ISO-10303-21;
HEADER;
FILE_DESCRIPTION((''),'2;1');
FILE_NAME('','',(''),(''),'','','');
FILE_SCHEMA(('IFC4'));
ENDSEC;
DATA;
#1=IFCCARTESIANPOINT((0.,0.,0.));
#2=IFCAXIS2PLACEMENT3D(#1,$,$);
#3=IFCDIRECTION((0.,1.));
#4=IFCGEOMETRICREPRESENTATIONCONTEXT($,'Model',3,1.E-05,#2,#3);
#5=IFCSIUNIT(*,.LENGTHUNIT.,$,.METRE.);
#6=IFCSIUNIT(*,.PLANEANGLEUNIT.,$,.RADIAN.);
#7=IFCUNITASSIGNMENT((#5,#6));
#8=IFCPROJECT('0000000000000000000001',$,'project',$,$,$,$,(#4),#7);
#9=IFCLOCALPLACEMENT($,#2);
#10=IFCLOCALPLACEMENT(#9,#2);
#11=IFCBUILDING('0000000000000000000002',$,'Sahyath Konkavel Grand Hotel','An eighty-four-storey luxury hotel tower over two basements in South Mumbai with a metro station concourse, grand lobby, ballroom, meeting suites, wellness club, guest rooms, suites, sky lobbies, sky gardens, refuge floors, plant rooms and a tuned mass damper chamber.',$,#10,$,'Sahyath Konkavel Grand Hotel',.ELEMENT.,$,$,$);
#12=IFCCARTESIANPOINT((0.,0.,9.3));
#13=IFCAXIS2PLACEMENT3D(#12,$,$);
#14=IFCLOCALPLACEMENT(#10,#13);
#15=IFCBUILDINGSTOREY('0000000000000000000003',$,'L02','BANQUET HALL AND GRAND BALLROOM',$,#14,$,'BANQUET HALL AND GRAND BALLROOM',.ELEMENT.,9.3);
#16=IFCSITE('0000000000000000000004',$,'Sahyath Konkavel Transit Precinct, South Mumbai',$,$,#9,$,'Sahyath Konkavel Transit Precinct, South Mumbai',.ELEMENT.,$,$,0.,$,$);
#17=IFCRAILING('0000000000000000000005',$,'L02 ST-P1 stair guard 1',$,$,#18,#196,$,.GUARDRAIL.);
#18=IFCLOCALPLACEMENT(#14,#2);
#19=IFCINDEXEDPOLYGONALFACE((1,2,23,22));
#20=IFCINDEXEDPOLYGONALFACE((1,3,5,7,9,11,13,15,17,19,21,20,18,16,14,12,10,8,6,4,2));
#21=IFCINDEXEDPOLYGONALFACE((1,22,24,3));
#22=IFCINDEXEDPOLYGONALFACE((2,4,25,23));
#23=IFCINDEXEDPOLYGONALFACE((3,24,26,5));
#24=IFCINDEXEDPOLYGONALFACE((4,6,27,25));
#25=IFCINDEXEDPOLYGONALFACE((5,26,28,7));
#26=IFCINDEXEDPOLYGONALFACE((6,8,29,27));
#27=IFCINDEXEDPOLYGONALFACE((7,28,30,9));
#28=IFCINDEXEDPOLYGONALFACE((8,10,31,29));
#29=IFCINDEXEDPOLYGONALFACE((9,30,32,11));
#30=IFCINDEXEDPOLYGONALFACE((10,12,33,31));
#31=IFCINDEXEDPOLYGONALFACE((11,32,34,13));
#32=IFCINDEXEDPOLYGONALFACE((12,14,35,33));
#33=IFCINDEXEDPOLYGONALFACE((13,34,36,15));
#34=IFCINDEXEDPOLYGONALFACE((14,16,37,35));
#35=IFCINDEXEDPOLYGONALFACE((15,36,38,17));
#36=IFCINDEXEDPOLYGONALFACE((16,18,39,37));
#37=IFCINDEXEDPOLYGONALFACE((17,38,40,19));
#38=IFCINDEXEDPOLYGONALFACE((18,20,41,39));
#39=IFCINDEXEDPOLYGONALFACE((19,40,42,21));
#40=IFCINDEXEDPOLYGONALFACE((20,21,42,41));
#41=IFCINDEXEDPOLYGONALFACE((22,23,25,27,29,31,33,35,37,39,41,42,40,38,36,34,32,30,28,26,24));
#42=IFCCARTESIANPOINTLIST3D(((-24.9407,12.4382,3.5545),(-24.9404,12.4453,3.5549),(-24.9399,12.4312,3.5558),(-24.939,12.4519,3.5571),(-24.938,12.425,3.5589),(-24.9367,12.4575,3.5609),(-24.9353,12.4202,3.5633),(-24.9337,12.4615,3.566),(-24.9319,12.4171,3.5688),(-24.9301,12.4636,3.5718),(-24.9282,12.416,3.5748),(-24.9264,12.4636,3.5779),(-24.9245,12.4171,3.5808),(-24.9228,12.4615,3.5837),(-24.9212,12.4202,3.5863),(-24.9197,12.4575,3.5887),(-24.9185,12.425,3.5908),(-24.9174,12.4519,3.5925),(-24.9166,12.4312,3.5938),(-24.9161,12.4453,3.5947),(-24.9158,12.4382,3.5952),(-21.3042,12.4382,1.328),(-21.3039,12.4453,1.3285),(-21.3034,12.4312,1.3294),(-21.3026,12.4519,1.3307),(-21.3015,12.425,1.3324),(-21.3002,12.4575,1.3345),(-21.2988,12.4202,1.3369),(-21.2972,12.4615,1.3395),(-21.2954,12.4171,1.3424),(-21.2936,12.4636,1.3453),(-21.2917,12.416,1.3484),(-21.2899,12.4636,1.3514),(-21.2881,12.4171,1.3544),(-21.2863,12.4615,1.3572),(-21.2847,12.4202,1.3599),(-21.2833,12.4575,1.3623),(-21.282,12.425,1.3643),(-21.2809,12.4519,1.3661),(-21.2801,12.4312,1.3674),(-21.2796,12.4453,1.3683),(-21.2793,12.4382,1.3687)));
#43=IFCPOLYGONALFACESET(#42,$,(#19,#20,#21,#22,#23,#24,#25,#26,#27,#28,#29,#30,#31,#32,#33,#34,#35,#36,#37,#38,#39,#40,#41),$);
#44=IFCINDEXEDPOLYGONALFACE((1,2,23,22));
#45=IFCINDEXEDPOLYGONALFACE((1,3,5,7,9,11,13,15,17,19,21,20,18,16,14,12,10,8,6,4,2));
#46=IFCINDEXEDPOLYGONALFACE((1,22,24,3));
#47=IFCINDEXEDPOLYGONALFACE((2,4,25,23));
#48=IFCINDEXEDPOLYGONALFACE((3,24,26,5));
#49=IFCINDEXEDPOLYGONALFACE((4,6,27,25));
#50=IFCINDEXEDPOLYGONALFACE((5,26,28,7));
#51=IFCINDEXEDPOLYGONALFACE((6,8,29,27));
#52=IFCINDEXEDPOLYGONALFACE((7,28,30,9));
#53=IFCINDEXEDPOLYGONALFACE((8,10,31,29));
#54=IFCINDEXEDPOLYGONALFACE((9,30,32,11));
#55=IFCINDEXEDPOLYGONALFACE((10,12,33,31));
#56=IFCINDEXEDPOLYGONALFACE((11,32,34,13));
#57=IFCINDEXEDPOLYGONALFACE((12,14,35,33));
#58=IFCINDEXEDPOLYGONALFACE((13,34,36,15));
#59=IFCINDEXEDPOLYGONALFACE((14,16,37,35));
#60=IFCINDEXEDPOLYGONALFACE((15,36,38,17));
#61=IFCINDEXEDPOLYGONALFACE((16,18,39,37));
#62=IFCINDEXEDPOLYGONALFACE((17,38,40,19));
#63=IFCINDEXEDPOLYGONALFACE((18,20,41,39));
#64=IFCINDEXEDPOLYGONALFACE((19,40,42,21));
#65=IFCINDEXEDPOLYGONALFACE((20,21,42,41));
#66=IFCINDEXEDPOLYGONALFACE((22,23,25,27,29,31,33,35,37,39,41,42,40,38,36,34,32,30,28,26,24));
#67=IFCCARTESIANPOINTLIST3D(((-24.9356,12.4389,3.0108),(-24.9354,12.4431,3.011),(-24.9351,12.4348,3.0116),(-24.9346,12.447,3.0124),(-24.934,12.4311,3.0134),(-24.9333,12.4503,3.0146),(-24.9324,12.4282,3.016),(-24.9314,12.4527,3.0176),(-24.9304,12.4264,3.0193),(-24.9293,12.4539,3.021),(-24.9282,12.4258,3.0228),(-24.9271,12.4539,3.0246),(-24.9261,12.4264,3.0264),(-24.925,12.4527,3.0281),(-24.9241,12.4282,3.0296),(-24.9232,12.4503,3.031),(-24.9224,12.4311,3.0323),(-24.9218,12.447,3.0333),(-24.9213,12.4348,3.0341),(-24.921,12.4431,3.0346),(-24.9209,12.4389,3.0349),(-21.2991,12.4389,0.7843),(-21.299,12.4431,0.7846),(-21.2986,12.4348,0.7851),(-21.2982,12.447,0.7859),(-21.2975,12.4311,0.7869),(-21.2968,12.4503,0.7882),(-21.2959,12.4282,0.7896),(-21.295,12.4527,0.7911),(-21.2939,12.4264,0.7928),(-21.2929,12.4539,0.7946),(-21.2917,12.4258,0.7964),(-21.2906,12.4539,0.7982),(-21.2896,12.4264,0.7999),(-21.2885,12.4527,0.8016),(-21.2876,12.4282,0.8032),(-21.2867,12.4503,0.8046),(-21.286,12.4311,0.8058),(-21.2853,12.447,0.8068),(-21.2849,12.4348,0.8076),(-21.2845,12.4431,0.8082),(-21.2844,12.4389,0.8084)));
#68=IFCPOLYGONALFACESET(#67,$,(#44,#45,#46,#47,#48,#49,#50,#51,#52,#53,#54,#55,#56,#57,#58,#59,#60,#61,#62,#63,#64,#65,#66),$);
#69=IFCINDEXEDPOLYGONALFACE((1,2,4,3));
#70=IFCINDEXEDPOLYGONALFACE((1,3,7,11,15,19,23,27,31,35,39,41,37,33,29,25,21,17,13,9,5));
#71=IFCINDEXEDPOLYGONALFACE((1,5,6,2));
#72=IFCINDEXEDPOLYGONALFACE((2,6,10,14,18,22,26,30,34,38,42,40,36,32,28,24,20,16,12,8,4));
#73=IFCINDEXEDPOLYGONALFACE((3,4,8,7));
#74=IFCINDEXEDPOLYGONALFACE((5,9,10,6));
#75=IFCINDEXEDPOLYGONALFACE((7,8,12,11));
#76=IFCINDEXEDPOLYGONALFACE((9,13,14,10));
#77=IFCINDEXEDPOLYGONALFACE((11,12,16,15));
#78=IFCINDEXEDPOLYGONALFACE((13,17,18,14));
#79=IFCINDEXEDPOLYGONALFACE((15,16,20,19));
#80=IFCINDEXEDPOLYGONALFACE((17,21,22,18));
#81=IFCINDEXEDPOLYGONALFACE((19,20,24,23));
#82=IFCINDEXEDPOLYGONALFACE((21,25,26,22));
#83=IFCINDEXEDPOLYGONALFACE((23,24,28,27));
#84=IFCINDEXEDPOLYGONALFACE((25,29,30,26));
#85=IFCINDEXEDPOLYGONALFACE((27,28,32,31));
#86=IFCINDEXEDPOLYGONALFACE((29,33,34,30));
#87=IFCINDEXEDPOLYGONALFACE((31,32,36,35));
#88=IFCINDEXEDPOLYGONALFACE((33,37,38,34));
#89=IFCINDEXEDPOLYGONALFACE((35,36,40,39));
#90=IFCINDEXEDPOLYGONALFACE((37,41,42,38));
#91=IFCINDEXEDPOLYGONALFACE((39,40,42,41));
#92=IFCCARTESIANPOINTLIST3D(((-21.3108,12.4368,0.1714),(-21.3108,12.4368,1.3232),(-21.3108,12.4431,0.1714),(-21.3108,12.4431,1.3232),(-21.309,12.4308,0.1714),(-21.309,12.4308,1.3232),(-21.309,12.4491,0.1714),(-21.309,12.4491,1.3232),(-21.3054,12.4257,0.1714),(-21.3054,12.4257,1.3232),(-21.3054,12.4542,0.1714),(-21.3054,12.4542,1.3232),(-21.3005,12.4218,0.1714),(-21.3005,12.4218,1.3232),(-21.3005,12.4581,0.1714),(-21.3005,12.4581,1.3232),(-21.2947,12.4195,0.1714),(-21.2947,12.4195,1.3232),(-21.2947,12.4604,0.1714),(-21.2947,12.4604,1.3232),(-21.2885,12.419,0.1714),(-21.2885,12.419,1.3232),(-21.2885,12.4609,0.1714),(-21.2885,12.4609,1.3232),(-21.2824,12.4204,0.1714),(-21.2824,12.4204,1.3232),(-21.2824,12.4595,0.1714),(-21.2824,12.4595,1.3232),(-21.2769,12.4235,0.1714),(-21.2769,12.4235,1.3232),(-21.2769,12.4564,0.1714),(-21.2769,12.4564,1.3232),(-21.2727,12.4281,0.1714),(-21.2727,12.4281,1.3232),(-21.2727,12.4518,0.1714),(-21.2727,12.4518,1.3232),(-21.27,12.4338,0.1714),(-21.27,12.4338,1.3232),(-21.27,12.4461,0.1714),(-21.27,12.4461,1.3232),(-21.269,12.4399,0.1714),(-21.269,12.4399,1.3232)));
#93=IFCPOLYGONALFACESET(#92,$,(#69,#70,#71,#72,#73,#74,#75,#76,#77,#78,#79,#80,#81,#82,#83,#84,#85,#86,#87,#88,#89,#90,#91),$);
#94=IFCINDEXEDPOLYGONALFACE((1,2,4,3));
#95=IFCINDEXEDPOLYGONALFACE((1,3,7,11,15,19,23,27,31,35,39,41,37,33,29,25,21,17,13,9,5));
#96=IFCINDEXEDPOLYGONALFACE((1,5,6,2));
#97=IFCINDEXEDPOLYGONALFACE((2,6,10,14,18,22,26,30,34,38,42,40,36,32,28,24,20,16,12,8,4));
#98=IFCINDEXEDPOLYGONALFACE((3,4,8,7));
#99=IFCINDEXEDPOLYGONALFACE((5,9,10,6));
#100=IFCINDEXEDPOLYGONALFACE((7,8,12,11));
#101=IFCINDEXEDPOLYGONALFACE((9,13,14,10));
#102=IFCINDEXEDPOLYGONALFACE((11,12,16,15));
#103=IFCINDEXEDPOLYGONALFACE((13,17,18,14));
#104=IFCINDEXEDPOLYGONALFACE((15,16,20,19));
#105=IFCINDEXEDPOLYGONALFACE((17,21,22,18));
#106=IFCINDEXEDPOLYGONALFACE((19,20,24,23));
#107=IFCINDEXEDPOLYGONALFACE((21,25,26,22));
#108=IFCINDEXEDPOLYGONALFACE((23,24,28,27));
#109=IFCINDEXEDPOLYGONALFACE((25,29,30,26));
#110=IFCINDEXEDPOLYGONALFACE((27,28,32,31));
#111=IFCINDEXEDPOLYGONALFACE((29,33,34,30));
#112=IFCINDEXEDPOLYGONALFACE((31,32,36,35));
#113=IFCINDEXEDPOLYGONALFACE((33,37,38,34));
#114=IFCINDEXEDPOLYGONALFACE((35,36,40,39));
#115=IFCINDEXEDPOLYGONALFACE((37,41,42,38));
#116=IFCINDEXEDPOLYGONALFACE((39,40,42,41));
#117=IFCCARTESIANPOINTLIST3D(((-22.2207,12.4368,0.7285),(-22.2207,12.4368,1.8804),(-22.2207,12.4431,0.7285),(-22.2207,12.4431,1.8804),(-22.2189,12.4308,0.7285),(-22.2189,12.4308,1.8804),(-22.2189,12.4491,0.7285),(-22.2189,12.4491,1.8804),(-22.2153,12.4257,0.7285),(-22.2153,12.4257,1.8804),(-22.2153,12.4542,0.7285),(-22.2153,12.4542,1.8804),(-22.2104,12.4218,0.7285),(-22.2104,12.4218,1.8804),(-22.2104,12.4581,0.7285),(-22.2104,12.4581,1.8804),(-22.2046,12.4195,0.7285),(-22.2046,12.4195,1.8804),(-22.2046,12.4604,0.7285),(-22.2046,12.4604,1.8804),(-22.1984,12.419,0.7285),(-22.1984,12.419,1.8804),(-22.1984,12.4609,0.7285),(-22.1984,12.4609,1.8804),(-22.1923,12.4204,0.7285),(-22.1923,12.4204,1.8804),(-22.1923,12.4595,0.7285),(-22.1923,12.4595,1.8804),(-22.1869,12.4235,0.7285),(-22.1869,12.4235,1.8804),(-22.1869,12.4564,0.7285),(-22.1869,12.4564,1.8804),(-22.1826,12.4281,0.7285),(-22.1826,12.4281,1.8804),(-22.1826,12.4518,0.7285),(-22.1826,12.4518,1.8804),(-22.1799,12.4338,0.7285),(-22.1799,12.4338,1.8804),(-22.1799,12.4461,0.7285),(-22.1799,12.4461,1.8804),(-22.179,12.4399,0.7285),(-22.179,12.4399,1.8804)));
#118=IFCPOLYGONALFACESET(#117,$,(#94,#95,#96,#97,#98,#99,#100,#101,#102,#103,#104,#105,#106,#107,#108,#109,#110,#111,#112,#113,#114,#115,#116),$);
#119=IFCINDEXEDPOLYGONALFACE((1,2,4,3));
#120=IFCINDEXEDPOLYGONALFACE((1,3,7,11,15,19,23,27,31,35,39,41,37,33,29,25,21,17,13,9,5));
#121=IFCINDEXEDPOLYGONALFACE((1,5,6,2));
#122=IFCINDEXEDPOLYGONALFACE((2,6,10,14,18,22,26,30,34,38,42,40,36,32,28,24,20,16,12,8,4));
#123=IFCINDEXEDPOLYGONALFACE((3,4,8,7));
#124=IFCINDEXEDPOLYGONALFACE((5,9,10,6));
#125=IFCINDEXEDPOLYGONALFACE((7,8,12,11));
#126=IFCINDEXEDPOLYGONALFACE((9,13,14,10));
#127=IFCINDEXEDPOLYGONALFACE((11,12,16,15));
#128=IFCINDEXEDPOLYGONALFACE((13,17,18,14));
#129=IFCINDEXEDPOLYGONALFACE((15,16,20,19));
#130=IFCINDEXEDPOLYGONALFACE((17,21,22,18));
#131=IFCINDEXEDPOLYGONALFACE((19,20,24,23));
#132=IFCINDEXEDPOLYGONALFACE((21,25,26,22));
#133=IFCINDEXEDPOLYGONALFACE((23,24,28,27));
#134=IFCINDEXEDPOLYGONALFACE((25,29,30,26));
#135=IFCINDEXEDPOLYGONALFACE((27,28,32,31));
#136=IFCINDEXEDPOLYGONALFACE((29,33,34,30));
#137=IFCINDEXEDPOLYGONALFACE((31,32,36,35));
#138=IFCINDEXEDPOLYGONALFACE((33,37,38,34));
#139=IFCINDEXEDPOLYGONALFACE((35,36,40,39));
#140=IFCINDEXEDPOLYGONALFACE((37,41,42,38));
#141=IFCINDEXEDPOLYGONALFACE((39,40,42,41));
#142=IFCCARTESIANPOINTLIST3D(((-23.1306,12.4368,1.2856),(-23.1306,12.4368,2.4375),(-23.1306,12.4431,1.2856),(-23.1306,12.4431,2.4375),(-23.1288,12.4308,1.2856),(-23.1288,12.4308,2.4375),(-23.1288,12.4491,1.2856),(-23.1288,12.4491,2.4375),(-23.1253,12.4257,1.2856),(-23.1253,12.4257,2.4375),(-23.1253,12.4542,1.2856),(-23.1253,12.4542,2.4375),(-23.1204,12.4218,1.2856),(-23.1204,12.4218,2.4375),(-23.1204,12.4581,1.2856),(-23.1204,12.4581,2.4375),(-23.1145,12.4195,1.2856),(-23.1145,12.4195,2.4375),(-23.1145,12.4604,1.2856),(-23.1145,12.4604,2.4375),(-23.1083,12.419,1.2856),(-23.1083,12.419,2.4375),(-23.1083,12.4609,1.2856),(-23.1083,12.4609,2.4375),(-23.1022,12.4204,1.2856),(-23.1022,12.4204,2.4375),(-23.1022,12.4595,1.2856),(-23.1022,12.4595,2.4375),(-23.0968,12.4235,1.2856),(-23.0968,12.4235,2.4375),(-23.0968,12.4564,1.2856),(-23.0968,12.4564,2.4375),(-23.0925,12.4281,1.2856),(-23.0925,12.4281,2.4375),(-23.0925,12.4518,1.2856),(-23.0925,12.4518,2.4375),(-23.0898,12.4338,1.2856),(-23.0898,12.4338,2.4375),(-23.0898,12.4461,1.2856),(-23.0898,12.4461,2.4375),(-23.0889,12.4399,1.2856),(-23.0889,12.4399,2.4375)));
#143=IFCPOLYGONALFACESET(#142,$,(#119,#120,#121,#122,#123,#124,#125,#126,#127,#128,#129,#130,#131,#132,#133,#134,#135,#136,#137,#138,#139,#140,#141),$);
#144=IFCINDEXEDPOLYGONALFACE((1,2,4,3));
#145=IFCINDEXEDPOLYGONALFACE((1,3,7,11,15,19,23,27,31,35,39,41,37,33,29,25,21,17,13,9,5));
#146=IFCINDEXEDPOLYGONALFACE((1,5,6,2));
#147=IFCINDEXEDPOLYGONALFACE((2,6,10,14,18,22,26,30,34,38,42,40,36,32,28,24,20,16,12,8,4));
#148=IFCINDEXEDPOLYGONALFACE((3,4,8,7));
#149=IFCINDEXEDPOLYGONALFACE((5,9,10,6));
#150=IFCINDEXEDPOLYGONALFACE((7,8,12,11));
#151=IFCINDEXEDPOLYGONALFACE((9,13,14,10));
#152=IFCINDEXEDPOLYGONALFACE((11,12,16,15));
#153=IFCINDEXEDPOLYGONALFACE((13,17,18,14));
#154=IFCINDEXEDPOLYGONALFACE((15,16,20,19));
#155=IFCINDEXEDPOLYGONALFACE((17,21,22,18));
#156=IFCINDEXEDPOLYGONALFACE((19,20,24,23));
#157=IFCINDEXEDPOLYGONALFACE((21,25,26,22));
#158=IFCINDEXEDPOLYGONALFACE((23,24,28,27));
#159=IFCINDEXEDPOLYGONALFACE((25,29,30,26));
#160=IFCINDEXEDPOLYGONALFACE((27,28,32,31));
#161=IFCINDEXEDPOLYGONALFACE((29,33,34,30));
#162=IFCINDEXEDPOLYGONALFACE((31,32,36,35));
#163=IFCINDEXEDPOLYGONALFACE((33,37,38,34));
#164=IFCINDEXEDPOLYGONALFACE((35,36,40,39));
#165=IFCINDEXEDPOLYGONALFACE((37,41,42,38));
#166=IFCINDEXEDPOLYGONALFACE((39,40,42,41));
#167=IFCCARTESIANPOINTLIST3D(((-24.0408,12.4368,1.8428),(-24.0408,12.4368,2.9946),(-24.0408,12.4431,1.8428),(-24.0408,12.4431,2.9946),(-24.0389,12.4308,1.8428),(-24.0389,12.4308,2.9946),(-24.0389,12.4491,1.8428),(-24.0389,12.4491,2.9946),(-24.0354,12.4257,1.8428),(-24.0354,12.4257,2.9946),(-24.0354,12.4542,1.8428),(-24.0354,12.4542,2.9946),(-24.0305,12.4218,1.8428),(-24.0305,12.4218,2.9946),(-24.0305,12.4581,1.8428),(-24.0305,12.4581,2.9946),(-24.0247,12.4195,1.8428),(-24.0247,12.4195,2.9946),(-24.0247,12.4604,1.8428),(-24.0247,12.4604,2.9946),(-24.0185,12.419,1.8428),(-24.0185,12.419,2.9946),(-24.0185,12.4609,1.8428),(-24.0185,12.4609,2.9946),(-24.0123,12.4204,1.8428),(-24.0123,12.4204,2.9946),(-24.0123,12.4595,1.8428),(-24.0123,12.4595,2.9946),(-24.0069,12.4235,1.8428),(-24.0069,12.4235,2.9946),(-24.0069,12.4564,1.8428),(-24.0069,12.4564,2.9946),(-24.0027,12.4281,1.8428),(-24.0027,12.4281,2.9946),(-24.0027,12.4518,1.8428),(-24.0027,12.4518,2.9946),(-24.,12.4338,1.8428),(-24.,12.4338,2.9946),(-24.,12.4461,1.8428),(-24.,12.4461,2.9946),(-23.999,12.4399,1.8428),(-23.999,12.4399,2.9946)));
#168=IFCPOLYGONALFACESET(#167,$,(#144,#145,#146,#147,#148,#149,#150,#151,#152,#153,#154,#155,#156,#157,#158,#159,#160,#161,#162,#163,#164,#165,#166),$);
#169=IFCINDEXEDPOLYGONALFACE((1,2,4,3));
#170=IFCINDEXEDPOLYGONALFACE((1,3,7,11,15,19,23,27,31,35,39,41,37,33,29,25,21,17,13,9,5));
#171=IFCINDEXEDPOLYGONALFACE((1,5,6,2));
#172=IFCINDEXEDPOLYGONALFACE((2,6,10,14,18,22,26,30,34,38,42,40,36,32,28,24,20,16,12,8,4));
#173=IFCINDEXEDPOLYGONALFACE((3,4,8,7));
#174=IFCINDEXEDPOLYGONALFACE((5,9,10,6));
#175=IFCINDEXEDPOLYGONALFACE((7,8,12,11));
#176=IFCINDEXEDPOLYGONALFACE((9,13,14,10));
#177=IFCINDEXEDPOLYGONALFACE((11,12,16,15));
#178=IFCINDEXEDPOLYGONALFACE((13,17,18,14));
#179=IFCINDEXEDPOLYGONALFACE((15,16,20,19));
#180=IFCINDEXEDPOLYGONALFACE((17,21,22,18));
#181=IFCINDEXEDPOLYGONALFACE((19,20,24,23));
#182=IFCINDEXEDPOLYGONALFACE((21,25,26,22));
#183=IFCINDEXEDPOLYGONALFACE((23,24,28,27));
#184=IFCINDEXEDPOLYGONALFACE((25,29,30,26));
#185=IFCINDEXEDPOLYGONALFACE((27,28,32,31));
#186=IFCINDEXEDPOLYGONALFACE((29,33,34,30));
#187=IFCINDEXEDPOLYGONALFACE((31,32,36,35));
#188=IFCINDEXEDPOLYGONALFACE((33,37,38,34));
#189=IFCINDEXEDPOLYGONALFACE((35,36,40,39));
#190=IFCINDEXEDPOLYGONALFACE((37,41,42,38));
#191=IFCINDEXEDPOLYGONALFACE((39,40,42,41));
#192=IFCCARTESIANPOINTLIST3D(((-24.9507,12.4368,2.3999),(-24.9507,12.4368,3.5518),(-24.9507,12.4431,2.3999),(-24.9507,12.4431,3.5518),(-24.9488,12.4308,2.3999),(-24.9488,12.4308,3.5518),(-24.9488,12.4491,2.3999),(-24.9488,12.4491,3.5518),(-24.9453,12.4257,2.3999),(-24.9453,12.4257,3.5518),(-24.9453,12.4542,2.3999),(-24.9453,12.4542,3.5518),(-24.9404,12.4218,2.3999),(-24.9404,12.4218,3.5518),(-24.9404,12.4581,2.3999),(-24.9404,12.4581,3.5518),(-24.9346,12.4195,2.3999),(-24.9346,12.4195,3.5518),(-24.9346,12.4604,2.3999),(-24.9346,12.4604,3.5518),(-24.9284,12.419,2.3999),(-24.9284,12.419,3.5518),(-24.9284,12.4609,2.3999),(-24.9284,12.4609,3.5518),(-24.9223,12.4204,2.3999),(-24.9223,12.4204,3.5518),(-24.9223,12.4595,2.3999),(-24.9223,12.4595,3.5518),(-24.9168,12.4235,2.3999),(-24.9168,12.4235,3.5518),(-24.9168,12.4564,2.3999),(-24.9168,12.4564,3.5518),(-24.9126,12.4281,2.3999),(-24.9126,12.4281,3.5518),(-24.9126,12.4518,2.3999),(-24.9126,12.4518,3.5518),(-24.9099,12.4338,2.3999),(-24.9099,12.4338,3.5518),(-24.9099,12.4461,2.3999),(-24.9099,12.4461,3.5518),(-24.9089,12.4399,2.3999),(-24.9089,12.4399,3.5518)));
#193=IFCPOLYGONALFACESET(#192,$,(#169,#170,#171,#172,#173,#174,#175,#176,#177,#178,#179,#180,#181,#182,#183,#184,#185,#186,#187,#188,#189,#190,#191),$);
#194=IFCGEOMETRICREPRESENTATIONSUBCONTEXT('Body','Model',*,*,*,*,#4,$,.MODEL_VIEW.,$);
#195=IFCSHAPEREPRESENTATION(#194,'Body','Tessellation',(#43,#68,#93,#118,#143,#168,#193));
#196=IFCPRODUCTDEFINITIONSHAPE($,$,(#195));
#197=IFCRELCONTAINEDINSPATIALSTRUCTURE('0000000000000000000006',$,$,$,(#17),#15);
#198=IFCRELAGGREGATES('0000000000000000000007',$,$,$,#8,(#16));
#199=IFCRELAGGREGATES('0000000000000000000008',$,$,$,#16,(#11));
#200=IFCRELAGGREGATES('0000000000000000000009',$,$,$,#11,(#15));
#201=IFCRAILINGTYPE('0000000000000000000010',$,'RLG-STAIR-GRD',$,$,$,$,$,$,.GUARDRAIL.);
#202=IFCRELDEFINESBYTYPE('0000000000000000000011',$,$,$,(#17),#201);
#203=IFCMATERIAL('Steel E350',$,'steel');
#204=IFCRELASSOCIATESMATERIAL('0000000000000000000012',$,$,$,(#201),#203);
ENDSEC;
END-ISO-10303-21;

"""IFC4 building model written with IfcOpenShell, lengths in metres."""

from ifc_helpers import new_model, si_unit, direction, frame, origin, origin_2d, place, context, subcontext, project, spatial, circle, extrude, material, type_object, element, save


model = new_model("IFC4")

# Units and contexts
model_context = context("Model", 3, precision=1e-05, world=origin(), true_north=direction((0.0, 1.0)))
body_context = subcontext(model_context, "Body", "Model", "MODEL_VIEW")
ifc_project = project(units=[si_unit("LENGTHUNIT", "METRE"), si_unit("PLANEANGLEUNIT", "RADIAN")], contexts=[model_context])

# Site, building, storey
site_placement = place(None, origin())
site = spatial("IfcSite", under=ifc_project, at=site_placement, Name="Sahyath Konkavel Transit Precinct, South Mumbai", LongName="Sahyath Konkavel Transit Precinct, South Mumbai", CompositionType="ELEMENT", RefElevation=0.0)
building_placement = place(site_placement, origin())
building = spatial("IfcBuilding", under=site, at=building_placement, Name="Sahyath Konkavel Grand Hotel", Description="An eighty-four-storey luxury hotel tower over two basements in South Mumbai with a metro station concourse, grand lobby, ballroom, meeting suites, wellness club, guest rooms, suites, sky lobbies, sky gardens, refuge floors, plant rooms and a tuned mass damper chamber.", LongName="Sahyath Konkavel Grand Hotel", CompositionType="ELEMENT")
storey_placement = place(building_placement, frame((0.0, 0.0, 9.3)))
storey = spatial("IfcBuildingStorey", under=building, at=storey_placement, Name="L02", Description="BANQUET HALL AND GRAND BALLROOM", LongName="BANQUET HALL AND GRAND BALLROOM", CompositionType="ELEMENT", Elevation=9.3)

# Shared definitions
ifc_material_1 = material(Name="Steel E350", Category="steel")

# Railing
railing_type_1 = type_object("IfcRailingType", Name="RLG-STAIR-GRD", PredefinedType="GUARDRAIL", material=ifc_material_1)
railing_1_placement = place(storey_placement, frame((-21.29, 12.4399, 0.1714)))
element("IfcRailing", 1, at=railing_1_placement, inside=storey, type_object=railing_type_1, Name="L02 ST-P1 stair guard 1", PredefinedType="GUARDRAIL", context=body_context, shape_type="SweptSolid", body=[
    extrude(circle(Radius=0.0239, at=origin_2d()), frame((-0.0017, 0.0, 1.177), z_axis=(-0.85285, 0.0, 0.522156), x_axis=(0.0, -1.0, 0.0)), (0.0, 0.0, 1.0), 4.2639),
    extrude(circle(Radius=0.0142, at=origin_2d()), frame((-0.0017, 0.0, 0.625), z_axis=(-0.85285, 0.0, 0.522156), x_axis=(0.0, -1.0, 0.0)), (0.0, 0.0, 1.0), 4.2639),
    extrude(circle(Radius=0.021, at=origin_2d()), origin(), (0.0, 0.0, 1.0), 1.1519),
    extrude(circle(Radius=0.021, at=origin_2d()), frame((-0.9099, 0.0, 0.5571)), (0.0, 0.0, 1.0), 1.1519),
    extrude(circle(Radius=0.021, at=origin_2d()), frame((-1.8198, 0.0, 1.1143)), (0.0, 0.0, 1.0), 1.1519),
    extrude(circle(Radius=0.021, at=origin_2d()), frame((-2.73, 0.0, 1.6714)), (0.0, 0.0, 1.0), 1.1519),
    extrude(circle(Radius=0.021, at=origin_2d()), frame((-3.6399, 0.0, 2.2285)), (0.0, 0.0, 1.0), 1.1519),
])

save(model, "model.ifc")
